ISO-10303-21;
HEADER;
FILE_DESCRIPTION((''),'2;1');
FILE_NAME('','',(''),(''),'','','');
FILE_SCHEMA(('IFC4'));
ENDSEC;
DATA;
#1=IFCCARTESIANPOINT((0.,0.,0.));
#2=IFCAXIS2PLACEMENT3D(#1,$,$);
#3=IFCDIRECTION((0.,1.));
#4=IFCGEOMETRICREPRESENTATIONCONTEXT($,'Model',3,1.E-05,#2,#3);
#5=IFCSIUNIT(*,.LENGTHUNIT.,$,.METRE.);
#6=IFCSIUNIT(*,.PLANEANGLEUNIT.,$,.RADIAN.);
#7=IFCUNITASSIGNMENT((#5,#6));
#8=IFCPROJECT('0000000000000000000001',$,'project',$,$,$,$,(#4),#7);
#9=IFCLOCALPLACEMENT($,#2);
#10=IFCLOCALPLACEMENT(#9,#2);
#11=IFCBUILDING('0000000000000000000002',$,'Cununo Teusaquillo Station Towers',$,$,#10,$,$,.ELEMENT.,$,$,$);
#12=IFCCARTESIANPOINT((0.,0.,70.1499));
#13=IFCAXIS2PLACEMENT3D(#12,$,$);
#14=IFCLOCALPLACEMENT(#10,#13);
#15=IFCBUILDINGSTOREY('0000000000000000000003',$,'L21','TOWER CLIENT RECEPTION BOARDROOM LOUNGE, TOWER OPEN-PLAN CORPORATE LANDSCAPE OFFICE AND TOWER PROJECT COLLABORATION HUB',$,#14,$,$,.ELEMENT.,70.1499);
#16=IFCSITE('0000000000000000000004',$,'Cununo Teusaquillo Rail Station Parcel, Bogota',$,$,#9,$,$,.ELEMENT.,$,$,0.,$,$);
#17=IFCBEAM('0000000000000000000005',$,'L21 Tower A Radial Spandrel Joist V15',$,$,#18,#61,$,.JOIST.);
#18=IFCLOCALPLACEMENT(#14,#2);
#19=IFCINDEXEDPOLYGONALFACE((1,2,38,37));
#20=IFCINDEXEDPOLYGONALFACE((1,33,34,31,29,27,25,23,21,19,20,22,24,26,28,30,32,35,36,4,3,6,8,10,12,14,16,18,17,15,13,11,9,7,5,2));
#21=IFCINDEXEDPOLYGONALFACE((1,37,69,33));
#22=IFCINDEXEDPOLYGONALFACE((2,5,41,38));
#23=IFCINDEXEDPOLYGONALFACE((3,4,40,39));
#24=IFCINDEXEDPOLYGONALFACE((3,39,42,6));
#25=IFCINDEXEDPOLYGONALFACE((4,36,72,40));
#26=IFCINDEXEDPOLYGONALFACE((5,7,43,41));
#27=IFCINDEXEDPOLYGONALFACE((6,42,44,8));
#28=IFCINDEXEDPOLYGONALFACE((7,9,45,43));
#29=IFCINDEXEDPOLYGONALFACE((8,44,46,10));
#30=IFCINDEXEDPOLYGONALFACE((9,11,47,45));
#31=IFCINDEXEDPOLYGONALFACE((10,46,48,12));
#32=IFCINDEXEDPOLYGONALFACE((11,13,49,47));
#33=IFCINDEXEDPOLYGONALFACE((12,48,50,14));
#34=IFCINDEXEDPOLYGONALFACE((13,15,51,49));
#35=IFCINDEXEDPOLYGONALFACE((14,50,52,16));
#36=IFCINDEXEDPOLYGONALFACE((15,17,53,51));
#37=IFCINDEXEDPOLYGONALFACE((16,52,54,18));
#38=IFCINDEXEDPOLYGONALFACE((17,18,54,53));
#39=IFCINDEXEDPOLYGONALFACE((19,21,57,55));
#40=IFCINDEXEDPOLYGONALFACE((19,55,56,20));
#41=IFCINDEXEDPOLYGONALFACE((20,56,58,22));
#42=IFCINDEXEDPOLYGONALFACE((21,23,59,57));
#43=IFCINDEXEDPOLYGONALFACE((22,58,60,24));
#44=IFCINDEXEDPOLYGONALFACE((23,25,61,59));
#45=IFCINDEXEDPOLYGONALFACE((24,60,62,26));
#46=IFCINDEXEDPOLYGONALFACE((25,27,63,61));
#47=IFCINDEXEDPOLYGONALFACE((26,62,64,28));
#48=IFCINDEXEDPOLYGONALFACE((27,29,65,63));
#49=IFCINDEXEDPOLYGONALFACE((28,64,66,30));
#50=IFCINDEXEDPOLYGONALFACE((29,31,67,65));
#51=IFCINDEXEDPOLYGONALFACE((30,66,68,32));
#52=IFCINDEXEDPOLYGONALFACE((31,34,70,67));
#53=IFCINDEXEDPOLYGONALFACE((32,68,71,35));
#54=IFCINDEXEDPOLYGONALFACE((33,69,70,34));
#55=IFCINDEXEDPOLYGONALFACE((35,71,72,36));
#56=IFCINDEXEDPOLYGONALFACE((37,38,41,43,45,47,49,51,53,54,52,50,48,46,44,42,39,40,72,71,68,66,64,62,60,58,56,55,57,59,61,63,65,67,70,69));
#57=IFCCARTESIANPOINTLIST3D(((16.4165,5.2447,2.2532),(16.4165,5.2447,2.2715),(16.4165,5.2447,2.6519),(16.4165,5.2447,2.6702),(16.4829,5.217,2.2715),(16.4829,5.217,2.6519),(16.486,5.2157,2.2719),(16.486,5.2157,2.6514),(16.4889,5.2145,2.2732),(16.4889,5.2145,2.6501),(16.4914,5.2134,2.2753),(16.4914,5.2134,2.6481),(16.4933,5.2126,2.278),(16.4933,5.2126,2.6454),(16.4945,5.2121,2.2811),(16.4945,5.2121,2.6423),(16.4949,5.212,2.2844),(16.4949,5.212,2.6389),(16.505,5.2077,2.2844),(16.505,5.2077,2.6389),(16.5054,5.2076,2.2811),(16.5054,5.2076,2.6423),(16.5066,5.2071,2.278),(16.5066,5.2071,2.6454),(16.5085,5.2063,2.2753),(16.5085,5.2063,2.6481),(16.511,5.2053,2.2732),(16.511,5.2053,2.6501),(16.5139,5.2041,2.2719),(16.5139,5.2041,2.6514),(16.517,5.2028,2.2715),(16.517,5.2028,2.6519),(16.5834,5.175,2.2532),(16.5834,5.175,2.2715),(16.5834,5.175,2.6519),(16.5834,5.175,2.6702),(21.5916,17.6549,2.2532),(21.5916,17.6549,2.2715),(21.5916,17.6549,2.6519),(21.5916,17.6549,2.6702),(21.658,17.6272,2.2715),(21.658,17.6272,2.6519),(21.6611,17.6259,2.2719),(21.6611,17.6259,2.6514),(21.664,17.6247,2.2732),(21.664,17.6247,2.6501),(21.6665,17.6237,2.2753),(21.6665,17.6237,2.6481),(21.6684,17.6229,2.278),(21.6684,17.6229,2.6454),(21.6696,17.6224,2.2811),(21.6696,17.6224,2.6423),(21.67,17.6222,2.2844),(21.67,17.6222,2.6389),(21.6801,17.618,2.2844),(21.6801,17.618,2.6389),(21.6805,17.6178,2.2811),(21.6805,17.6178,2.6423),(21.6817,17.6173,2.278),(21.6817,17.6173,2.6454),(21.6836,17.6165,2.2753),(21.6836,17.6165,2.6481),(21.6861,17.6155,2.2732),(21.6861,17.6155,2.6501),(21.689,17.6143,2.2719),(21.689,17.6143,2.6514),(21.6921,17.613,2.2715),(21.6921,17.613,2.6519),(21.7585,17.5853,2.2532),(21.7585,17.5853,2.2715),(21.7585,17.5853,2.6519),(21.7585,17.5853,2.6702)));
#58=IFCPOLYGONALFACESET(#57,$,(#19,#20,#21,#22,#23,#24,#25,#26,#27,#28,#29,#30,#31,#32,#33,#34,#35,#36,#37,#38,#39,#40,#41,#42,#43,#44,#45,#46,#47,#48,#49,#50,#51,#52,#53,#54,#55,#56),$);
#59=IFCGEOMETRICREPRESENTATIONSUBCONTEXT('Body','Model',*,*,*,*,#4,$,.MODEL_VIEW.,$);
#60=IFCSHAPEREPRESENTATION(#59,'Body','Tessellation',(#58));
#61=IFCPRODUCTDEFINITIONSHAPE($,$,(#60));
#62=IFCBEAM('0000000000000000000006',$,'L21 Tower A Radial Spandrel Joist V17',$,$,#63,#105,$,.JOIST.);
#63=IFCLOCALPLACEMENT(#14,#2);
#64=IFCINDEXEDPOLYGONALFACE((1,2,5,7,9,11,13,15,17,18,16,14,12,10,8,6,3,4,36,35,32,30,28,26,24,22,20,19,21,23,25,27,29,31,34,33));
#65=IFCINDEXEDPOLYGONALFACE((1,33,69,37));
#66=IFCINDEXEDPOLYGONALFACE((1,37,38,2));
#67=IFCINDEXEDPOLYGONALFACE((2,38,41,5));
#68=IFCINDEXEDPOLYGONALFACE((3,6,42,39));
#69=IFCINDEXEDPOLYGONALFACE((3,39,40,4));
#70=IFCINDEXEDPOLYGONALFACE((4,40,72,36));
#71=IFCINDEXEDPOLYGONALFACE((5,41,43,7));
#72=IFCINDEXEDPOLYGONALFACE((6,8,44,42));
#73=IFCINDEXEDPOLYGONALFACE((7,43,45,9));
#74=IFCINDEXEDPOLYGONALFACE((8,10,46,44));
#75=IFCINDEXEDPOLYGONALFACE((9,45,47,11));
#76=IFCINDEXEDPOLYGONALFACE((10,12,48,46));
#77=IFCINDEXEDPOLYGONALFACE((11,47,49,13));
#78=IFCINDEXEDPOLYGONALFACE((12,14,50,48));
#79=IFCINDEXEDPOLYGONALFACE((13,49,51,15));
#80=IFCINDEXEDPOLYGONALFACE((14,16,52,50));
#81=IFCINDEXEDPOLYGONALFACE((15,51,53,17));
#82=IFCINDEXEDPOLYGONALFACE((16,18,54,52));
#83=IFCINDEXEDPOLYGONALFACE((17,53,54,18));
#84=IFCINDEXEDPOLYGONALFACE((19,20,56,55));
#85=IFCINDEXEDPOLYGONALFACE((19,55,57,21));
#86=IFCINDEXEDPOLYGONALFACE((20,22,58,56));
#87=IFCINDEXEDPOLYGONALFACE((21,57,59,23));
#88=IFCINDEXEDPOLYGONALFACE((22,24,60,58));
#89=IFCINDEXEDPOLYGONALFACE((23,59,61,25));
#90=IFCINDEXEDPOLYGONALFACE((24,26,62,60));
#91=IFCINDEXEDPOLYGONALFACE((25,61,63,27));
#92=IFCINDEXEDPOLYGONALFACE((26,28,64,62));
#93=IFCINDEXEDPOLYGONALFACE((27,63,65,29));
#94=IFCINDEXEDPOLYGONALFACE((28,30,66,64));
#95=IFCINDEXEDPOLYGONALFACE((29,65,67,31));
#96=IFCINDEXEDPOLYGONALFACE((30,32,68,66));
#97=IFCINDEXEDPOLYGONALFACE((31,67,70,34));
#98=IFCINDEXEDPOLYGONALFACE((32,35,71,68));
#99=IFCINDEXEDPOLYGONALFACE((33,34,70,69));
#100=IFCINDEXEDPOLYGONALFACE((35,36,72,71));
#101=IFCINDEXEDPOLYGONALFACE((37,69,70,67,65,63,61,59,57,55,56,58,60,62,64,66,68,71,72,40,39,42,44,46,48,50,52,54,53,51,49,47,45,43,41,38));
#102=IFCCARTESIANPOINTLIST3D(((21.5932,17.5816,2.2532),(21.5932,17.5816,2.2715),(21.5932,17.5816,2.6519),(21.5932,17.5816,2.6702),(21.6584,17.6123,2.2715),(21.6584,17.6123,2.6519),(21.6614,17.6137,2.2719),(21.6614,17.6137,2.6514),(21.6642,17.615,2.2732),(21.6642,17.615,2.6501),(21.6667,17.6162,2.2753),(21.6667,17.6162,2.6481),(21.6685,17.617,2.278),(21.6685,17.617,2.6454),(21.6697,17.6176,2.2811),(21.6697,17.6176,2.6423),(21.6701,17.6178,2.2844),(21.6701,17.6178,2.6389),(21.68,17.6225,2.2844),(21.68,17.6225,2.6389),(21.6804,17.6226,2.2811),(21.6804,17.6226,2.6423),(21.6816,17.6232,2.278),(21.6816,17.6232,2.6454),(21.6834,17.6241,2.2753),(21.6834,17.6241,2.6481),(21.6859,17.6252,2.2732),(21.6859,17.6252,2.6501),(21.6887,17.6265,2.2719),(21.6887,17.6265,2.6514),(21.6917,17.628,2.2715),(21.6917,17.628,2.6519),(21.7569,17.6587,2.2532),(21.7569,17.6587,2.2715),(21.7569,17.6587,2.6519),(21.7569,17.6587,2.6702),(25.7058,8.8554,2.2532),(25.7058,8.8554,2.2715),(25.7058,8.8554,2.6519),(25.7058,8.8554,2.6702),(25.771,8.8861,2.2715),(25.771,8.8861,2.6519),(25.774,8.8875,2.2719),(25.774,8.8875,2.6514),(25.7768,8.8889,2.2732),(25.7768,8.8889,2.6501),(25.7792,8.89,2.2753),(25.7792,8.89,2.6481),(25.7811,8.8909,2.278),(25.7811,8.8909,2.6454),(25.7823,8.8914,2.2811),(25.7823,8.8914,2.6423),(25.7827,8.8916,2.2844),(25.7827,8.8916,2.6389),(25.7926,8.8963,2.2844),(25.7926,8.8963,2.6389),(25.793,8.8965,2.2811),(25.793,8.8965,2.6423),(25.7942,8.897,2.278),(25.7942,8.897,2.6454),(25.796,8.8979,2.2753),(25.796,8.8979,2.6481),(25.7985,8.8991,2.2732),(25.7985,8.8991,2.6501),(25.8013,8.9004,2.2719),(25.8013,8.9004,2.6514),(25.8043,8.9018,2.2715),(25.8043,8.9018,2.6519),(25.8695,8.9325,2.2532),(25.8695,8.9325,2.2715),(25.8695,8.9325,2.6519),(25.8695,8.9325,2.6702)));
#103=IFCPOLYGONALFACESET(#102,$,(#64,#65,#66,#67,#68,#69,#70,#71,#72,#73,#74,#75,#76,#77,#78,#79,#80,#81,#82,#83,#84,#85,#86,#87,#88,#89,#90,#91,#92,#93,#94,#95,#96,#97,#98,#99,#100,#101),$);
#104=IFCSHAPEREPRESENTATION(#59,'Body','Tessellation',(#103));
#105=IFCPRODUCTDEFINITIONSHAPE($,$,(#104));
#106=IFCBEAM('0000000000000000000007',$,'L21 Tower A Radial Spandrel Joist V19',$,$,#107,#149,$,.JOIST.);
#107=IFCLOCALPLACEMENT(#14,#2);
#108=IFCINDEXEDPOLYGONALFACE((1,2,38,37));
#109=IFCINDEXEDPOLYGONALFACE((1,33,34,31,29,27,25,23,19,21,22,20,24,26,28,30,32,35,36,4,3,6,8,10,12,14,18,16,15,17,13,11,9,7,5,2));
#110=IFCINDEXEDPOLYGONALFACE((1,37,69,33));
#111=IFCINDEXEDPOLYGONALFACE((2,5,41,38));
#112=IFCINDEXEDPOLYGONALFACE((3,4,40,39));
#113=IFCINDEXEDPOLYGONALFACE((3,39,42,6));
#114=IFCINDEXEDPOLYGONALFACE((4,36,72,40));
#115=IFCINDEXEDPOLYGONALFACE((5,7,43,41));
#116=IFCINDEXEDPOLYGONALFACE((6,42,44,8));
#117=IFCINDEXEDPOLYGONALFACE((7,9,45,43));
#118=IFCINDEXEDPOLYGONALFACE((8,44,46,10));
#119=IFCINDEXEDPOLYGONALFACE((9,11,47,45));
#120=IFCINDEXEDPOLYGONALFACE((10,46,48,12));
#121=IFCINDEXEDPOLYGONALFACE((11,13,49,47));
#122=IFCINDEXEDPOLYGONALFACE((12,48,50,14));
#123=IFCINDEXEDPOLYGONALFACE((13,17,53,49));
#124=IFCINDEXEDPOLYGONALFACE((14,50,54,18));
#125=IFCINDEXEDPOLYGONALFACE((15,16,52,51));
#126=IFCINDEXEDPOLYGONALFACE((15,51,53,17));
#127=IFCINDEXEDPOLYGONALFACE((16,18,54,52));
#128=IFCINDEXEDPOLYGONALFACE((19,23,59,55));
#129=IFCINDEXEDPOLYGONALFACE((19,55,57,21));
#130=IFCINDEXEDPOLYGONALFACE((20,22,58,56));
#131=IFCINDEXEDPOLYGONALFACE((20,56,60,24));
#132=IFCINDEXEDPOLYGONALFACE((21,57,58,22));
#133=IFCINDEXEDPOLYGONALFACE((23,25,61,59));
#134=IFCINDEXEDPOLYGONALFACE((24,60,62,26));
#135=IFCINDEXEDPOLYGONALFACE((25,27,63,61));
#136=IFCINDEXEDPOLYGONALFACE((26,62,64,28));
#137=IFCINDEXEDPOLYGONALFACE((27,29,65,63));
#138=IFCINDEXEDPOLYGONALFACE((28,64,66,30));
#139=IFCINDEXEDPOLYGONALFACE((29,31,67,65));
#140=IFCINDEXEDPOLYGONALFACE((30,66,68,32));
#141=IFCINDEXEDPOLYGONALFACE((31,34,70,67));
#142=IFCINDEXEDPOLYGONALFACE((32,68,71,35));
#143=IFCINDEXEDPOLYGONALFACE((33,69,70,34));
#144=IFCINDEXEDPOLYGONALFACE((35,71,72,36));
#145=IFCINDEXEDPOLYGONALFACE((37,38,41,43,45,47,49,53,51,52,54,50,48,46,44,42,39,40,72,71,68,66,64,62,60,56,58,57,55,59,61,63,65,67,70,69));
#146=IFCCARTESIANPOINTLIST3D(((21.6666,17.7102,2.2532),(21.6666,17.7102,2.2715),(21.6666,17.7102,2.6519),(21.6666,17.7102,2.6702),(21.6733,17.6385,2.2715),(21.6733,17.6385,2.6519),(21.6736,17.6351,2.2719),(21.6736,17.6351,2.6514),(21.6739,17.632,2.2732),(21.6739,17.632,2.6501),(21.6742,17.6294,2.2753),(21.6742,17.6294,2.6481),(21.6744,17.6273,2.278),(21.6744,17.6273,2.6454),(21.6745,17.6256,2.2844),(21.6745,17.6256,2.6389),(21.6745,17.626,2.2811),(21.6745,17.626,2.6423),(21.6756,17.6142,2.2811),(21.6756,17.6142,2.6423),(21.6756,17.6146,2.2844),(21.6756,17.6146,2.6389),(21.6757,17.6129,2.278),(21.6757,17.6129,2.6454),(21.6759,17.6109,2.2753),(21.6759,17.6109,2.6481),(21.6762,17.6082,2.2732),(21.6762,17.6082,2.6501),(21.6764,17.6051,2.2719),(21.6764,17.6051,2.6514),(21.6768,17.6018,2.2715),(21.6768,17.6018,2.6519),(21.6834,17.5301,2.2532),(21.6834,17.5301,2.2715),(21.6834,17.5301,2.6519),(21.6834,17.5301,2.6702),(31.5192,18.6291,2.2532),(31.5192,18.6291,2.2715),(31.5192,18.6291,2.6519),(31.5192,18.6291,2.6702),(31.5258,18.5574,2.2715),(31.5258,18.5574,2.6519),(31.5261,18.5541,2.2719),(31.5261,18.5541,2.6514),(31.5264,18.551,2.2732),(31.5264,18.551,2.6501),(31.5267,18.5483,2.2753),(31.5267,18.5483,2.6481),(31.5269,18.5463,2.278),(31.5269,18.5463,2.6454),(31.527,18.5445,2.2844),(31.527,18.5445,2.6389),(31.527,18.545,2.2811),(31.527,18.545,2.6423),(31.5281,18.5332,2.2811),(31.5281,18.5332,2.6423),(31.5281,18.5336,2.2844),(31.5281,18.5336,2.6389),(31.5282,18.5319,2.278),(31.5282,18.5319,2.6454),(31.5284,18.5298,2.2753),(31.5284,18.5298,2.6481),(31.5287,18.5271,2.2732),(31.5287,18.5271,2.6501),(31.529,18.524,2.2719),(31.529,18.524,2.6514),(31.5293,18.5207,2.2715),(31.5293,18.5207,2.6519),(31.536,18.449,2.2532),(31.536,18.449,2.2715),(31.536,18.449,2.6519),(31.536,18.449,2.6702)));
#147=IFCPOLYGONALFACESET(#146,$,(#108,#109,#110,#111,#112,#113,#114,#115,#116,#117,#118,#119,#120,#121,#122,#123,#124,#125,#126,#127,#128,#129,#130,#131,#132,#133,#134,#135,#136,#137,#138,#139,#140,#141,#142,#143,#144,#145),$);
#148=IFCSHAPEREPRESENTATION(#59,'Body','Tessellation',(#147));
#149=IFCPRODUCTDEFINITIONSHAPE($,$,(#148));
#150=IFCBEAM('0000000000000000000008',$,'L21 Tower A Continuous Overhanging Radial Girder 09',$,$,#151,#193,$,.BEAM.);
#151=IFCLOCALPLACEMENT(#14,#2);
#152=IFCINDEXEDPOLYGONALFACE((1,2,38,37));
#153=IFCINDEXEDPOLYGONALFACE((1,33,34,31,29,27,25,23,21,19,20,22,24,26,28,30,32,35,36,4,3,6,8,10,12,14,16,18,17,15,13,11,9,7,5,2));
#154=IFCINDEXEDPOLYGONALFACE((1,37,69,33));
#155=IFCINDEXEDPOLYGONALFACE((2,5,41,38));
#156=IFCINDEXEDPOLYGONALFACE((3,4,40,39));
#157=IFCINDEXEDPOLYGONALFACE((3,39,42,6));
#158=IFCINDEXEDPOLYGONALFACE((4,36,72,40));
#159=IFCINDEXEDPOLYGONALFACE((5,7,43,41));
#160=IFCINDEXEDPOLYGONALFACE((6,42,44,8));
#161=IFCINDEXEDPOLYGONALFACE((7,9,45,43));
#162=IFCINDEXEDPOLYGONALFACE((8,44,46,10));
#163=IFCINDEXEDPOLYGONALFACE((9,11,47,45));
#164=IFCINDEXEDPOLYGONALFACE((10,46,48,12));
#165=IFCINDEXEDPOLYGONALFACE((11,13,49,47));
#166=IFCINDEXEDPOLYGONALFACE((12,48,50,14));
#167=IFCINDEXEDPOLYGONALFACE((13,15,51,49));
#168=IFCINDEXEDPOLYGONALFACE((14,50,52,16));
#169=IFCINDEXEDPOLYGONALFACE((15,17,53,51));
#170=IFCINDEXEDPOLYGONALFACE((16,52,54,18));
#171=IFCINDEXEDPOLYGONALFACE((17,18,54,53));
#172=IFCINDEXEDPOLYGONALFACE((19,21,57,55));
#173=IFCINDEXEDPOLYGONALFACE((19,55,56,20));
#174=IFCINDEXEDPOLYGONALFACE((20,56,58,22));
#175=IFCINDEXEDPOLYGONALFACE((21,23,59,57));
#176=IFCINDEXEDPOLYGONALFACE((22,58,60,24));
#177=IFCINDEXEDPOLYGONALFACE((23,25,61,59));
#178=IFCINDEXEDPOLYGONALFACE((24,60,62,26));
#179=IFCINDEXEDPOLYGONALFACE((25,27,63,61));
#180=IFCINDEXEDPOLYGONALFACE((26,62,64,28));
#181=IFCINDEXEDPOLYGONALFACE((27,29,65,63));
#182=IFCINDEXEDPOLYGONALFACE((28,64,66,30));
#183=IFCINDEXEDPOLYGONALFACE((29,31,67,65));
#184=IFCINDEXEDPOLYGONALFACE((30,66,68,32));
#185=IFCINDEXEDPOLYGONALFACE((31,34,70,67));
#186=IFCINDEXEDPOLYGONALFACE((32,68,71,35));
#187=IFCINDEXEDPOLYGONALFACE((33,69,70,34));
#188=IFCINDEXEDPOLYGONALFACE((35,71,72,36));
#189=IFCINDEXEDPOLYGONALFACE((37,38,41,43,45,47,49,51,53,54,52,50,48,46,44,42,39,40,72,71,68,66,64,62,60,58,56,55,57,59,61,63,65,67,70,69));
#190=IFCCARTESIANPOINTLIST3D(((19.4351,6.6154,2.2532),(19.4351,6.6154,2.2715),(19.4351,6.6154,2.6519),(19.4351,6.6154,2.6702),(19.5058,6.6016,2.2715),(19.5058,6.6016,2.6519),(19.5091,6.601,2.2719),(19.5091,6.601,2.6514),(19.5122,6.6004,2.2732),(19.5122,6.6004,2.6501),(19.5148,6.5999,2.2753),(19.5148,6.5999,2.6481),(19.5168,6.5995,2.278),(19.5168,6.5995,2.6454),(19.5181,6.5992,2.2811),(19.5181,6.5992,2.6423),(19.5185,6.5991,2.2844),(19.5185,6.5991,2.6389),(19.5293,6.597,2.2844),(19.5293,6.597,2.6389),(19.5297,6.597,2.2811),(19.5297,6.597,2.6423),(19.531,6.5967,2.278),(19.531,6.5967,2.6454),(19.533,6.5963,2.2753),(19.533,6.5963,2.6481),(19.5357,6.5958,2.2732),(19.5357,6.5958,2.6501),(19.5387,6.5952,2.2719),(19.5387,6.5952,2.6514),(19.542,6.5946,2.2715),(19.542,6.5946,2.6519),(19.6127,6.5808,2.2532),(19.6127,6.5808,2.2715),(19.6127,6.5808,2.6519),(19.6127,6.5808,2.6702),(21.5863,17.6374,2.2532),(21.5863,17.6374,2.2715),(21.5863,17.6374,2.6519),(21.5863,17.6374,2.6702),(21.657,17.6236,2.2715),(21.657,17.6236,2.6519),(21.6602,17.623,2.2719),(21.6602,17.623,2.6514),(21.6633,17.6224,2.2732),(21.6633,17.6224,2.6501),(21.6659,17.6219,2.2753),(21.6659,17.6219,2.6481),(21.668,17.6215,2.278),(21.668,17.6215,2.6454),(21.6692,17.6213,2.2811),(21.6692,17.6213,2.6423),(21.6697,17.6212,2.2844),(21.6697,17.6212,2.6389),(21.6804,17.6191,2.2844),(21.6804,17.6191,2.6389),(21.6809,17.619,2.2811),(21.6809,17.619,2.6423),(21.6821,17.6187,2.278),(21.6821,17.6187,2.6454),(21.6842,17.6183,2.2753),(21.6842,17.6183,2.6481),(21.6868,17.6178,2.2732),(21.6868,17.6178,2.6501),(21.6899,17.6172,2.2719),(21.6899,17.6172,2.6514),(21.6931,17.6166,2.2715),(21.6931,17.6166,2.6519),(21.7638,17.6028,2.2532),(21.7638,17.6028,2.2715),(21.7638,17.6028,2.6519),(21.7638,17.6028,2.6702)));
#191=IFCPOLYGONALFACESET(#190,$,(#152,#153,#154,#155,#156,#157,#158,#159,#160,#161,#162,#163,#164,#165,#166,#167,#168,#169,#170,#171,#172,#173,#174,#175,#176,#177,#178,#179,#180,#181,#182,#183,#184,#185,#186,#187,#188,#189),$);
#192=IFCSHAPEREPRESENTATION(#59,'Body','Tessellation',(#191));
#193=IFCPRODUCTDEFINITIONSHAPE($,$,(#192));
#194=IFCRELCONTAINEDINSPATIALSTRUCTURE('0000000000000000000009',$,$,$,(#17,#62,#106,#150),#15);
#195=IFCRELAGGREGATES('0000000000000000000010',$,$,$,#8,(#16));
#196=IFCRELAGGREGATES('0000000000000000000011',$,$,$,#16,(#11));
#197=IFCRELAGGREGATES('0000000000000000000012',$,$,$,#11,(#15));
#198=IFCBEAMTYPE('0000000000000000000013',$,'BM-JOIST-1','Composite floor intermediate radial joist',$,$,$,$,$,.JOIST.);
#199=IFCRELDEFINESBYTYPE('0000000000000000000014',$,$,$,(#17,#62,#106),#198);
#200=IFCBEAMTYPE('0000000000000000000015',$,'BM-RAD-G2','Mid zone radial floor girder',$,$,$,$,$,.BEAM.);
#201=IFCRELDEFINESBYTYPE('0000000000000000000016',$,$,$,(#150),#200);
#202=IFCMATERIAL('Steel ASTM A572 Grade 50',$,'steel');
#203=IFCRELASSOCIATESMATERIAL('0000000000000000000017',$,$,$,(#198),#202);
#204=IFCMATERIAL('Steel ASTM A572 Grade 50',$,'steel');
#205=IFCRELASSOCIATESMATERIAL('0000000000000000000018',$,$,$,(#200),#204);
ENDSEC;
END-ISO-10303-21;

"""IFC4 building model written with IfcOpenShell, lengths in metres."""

from ifc_helpers import new_model, si_unit, direction, frame, origin, origin_2d, place, context, subcontext, project, spatial, i_section, extrude, material, material_profile, profile_set, type_object, element, save


model = new_model("IFC4")

# Units and contexts
model_context = context("Model", 3, precision=1e-05, world=origin(), true_north=direction((0.0, 1.0)))
body_context = subcontext(model_context, "Body", "Model", "MODEL_VIEW")
ifc_project = project(units=[si_unit("LENGTHUNIT", "METRE"), si_unit("PLANEANGLEUNIT", "RADIAN")], contexts=[model_context])

# Site, building, storey
site_placement = place(None, origin())
site = spatial("IfcSite", under=ifc_project, at=site_placement, Name="Cununo Teusaquillo Rail Station Parcel, Bogota", CompositionType="ELEMENT", RefElevation=0.0)
building_placement = place(site_placement, origin())
building = spatial("IfcBuilding", under=site, at=building_placement, Name="Cununo Teusaquillo Station Towers", CompositionType="ELEMENT")
storey_placement = place(building_placement, frame((0.0, 0.0, 70.1499)))
storey = spatial("IfcBuildingStorey", under=building, at=storey_placement, Name="L21", Description="TOWER CLIENT RECEPTION BOARDROOM LOUNGE, TOWER OPEN-PLAN CORPORATE LANDSCAPE OFFICE AND TOWER PROJECT COLLABORATION HUB", CompositionType="ELEMENT", Elevation=70.1499)

# Beams
ifc_material_1 = material(Name="Steel ASTM A572 Grade 50", Category="steel")
ifc_material_profile_1 = material_profile(ifc_material_1, i_section(OverallWidth=0.1809, OverallDepth=0.417, WebThickness=0.011, FlangeThickness=0.0183, FilletRadius=0.0129, at=origin_2d()), Name="W16X57")
ifc_profile_set_1 = profile_set([ifc_material_profile_1], Name="Steel ASTM A572 Grade 50")
beam_type_1 = type_object("IfcBeamType", Name="BM-JOIST-1", Description="Composite floor intermediate radial joist", PredefinedType="JOIST", material=ifc_profile_set_1)
beam_1_placement = place(storey_placement, frame((21.675, 17.6201, 2.4617), z_axis=(-0.384878, -0.922967, 0.0), x_axis=(0.922967, -0.384878, 0.0)))
element("IfcBeam", 1, at=beam_1_placement, inside=storey, type_object=beam_type_1, Name="L21 Tower A Radial Spandrel Joist V15", PredefinedType="JOIST", context=body_context, shape_type="SweptSolid", body=[
    extrude(i_section(OverallWidth=0.1809, OverallDepth=0.417, WebThickness=0.011, FlangeThickness=0.0183, FilletRadius=0.0129, at=origin_2d()), origin(), (0.0, 0.0, 1.0), 13.446),
])
beam_2_placement = place(storey_placement, frame((21.675, 17.6201, 2.4617), z_axis=(0.42632, -0.904572, 0.0), x_axis=(0.904572, 0.42632, 0.0)))
element("IfcBeam", 2, at=beam_2_placement, inside=storey, type_object=beam_type_1, Name="L21 Tower A Radial Spandrel Joist V17", PredefinedType="JOIST", context=body_context, shape_type="SweptSolid", body=[
    extrude(i_section(OverallWidth=0.1809, OverallDepth=0.417, WebThickness=0.011, FlangeThickness=0.0183, FilletRadius=0.0129, at=origin_2d()), origin(), (0.0, 0.0, 1.0), 9.6467),
])
beam_3_placement = place(storey_placement, frame((21.675, 17.6201, 2.4617), z_axis=(0.995679, 0.092867, 0.0), x_axis=(-0.092867, 0.995679, 0.0)))
element("IfcBeam", 3, at=beam_3_placement, inside=storey, type_object=beam_type_1, Name="L21 Tower A Radial Spandrel Joist V19", PredefinedType="JOIST", context=body_context, shape_type="SweptSolid", body=[
    extrude(i_section(OverallWidth=0.1809, OverallDepth=0.417, WebThickness=0.011, FlangeThickness=0.0183, FilletRadius=0.0129, at=origin_2d()), origin(), (0.0, 0.0, 1.0), 9.8953),
])
ifc_material_2 = material(Name="Steel ASTM A572 Grade 50", Category="steel")
ifc_material_profile_2 = material_profile(ifc_material_2, i_section(OverallWidth=0.1809, OverallDepth=0.417, WebThickness=0.011, FlangeThickness=0.0183, FilletRadius=0.0129, at=origin_2d()), Name="W16X57")
ifc_profile_set_2 = profile_set([ifc_material_profile_2], Name="Steel ASTM A572 Grade 50")
beam_type_2 = type_object("IfcBeamType", Name="BM-RAD-G2", Description="Mid zone radial floor girder", PredefinedType="BEAM", material=ifc_profile_set_2)
beam_4_placement = place(storey_placement, frame((21.675, 17.6201, 2.4617), z_axis=(-0.191553, -0.981482, 0.0), x_axis=(0.981482, -0.191553, 0.0)))
element("IfcBeam", 4, at=beam_4_placement, inside=storey, type_object=beam_type_2, Name="L21 Tower A Continuous Overhanging Radial Girder 09", PredefinedType="BEAM", context=body_context, shape_type="SweptSolid", body=[
    extrude(i_section(OverallWidth=0.1809, OverallDepth=0.417, WebThickness=0.011, FlangeThickness=0.0183, FilletRadius=0.0129, at=origin_2d()), origin(), (0.0, 0.0, 1.0), 11.23),
])

save(model, "model.ifc")
